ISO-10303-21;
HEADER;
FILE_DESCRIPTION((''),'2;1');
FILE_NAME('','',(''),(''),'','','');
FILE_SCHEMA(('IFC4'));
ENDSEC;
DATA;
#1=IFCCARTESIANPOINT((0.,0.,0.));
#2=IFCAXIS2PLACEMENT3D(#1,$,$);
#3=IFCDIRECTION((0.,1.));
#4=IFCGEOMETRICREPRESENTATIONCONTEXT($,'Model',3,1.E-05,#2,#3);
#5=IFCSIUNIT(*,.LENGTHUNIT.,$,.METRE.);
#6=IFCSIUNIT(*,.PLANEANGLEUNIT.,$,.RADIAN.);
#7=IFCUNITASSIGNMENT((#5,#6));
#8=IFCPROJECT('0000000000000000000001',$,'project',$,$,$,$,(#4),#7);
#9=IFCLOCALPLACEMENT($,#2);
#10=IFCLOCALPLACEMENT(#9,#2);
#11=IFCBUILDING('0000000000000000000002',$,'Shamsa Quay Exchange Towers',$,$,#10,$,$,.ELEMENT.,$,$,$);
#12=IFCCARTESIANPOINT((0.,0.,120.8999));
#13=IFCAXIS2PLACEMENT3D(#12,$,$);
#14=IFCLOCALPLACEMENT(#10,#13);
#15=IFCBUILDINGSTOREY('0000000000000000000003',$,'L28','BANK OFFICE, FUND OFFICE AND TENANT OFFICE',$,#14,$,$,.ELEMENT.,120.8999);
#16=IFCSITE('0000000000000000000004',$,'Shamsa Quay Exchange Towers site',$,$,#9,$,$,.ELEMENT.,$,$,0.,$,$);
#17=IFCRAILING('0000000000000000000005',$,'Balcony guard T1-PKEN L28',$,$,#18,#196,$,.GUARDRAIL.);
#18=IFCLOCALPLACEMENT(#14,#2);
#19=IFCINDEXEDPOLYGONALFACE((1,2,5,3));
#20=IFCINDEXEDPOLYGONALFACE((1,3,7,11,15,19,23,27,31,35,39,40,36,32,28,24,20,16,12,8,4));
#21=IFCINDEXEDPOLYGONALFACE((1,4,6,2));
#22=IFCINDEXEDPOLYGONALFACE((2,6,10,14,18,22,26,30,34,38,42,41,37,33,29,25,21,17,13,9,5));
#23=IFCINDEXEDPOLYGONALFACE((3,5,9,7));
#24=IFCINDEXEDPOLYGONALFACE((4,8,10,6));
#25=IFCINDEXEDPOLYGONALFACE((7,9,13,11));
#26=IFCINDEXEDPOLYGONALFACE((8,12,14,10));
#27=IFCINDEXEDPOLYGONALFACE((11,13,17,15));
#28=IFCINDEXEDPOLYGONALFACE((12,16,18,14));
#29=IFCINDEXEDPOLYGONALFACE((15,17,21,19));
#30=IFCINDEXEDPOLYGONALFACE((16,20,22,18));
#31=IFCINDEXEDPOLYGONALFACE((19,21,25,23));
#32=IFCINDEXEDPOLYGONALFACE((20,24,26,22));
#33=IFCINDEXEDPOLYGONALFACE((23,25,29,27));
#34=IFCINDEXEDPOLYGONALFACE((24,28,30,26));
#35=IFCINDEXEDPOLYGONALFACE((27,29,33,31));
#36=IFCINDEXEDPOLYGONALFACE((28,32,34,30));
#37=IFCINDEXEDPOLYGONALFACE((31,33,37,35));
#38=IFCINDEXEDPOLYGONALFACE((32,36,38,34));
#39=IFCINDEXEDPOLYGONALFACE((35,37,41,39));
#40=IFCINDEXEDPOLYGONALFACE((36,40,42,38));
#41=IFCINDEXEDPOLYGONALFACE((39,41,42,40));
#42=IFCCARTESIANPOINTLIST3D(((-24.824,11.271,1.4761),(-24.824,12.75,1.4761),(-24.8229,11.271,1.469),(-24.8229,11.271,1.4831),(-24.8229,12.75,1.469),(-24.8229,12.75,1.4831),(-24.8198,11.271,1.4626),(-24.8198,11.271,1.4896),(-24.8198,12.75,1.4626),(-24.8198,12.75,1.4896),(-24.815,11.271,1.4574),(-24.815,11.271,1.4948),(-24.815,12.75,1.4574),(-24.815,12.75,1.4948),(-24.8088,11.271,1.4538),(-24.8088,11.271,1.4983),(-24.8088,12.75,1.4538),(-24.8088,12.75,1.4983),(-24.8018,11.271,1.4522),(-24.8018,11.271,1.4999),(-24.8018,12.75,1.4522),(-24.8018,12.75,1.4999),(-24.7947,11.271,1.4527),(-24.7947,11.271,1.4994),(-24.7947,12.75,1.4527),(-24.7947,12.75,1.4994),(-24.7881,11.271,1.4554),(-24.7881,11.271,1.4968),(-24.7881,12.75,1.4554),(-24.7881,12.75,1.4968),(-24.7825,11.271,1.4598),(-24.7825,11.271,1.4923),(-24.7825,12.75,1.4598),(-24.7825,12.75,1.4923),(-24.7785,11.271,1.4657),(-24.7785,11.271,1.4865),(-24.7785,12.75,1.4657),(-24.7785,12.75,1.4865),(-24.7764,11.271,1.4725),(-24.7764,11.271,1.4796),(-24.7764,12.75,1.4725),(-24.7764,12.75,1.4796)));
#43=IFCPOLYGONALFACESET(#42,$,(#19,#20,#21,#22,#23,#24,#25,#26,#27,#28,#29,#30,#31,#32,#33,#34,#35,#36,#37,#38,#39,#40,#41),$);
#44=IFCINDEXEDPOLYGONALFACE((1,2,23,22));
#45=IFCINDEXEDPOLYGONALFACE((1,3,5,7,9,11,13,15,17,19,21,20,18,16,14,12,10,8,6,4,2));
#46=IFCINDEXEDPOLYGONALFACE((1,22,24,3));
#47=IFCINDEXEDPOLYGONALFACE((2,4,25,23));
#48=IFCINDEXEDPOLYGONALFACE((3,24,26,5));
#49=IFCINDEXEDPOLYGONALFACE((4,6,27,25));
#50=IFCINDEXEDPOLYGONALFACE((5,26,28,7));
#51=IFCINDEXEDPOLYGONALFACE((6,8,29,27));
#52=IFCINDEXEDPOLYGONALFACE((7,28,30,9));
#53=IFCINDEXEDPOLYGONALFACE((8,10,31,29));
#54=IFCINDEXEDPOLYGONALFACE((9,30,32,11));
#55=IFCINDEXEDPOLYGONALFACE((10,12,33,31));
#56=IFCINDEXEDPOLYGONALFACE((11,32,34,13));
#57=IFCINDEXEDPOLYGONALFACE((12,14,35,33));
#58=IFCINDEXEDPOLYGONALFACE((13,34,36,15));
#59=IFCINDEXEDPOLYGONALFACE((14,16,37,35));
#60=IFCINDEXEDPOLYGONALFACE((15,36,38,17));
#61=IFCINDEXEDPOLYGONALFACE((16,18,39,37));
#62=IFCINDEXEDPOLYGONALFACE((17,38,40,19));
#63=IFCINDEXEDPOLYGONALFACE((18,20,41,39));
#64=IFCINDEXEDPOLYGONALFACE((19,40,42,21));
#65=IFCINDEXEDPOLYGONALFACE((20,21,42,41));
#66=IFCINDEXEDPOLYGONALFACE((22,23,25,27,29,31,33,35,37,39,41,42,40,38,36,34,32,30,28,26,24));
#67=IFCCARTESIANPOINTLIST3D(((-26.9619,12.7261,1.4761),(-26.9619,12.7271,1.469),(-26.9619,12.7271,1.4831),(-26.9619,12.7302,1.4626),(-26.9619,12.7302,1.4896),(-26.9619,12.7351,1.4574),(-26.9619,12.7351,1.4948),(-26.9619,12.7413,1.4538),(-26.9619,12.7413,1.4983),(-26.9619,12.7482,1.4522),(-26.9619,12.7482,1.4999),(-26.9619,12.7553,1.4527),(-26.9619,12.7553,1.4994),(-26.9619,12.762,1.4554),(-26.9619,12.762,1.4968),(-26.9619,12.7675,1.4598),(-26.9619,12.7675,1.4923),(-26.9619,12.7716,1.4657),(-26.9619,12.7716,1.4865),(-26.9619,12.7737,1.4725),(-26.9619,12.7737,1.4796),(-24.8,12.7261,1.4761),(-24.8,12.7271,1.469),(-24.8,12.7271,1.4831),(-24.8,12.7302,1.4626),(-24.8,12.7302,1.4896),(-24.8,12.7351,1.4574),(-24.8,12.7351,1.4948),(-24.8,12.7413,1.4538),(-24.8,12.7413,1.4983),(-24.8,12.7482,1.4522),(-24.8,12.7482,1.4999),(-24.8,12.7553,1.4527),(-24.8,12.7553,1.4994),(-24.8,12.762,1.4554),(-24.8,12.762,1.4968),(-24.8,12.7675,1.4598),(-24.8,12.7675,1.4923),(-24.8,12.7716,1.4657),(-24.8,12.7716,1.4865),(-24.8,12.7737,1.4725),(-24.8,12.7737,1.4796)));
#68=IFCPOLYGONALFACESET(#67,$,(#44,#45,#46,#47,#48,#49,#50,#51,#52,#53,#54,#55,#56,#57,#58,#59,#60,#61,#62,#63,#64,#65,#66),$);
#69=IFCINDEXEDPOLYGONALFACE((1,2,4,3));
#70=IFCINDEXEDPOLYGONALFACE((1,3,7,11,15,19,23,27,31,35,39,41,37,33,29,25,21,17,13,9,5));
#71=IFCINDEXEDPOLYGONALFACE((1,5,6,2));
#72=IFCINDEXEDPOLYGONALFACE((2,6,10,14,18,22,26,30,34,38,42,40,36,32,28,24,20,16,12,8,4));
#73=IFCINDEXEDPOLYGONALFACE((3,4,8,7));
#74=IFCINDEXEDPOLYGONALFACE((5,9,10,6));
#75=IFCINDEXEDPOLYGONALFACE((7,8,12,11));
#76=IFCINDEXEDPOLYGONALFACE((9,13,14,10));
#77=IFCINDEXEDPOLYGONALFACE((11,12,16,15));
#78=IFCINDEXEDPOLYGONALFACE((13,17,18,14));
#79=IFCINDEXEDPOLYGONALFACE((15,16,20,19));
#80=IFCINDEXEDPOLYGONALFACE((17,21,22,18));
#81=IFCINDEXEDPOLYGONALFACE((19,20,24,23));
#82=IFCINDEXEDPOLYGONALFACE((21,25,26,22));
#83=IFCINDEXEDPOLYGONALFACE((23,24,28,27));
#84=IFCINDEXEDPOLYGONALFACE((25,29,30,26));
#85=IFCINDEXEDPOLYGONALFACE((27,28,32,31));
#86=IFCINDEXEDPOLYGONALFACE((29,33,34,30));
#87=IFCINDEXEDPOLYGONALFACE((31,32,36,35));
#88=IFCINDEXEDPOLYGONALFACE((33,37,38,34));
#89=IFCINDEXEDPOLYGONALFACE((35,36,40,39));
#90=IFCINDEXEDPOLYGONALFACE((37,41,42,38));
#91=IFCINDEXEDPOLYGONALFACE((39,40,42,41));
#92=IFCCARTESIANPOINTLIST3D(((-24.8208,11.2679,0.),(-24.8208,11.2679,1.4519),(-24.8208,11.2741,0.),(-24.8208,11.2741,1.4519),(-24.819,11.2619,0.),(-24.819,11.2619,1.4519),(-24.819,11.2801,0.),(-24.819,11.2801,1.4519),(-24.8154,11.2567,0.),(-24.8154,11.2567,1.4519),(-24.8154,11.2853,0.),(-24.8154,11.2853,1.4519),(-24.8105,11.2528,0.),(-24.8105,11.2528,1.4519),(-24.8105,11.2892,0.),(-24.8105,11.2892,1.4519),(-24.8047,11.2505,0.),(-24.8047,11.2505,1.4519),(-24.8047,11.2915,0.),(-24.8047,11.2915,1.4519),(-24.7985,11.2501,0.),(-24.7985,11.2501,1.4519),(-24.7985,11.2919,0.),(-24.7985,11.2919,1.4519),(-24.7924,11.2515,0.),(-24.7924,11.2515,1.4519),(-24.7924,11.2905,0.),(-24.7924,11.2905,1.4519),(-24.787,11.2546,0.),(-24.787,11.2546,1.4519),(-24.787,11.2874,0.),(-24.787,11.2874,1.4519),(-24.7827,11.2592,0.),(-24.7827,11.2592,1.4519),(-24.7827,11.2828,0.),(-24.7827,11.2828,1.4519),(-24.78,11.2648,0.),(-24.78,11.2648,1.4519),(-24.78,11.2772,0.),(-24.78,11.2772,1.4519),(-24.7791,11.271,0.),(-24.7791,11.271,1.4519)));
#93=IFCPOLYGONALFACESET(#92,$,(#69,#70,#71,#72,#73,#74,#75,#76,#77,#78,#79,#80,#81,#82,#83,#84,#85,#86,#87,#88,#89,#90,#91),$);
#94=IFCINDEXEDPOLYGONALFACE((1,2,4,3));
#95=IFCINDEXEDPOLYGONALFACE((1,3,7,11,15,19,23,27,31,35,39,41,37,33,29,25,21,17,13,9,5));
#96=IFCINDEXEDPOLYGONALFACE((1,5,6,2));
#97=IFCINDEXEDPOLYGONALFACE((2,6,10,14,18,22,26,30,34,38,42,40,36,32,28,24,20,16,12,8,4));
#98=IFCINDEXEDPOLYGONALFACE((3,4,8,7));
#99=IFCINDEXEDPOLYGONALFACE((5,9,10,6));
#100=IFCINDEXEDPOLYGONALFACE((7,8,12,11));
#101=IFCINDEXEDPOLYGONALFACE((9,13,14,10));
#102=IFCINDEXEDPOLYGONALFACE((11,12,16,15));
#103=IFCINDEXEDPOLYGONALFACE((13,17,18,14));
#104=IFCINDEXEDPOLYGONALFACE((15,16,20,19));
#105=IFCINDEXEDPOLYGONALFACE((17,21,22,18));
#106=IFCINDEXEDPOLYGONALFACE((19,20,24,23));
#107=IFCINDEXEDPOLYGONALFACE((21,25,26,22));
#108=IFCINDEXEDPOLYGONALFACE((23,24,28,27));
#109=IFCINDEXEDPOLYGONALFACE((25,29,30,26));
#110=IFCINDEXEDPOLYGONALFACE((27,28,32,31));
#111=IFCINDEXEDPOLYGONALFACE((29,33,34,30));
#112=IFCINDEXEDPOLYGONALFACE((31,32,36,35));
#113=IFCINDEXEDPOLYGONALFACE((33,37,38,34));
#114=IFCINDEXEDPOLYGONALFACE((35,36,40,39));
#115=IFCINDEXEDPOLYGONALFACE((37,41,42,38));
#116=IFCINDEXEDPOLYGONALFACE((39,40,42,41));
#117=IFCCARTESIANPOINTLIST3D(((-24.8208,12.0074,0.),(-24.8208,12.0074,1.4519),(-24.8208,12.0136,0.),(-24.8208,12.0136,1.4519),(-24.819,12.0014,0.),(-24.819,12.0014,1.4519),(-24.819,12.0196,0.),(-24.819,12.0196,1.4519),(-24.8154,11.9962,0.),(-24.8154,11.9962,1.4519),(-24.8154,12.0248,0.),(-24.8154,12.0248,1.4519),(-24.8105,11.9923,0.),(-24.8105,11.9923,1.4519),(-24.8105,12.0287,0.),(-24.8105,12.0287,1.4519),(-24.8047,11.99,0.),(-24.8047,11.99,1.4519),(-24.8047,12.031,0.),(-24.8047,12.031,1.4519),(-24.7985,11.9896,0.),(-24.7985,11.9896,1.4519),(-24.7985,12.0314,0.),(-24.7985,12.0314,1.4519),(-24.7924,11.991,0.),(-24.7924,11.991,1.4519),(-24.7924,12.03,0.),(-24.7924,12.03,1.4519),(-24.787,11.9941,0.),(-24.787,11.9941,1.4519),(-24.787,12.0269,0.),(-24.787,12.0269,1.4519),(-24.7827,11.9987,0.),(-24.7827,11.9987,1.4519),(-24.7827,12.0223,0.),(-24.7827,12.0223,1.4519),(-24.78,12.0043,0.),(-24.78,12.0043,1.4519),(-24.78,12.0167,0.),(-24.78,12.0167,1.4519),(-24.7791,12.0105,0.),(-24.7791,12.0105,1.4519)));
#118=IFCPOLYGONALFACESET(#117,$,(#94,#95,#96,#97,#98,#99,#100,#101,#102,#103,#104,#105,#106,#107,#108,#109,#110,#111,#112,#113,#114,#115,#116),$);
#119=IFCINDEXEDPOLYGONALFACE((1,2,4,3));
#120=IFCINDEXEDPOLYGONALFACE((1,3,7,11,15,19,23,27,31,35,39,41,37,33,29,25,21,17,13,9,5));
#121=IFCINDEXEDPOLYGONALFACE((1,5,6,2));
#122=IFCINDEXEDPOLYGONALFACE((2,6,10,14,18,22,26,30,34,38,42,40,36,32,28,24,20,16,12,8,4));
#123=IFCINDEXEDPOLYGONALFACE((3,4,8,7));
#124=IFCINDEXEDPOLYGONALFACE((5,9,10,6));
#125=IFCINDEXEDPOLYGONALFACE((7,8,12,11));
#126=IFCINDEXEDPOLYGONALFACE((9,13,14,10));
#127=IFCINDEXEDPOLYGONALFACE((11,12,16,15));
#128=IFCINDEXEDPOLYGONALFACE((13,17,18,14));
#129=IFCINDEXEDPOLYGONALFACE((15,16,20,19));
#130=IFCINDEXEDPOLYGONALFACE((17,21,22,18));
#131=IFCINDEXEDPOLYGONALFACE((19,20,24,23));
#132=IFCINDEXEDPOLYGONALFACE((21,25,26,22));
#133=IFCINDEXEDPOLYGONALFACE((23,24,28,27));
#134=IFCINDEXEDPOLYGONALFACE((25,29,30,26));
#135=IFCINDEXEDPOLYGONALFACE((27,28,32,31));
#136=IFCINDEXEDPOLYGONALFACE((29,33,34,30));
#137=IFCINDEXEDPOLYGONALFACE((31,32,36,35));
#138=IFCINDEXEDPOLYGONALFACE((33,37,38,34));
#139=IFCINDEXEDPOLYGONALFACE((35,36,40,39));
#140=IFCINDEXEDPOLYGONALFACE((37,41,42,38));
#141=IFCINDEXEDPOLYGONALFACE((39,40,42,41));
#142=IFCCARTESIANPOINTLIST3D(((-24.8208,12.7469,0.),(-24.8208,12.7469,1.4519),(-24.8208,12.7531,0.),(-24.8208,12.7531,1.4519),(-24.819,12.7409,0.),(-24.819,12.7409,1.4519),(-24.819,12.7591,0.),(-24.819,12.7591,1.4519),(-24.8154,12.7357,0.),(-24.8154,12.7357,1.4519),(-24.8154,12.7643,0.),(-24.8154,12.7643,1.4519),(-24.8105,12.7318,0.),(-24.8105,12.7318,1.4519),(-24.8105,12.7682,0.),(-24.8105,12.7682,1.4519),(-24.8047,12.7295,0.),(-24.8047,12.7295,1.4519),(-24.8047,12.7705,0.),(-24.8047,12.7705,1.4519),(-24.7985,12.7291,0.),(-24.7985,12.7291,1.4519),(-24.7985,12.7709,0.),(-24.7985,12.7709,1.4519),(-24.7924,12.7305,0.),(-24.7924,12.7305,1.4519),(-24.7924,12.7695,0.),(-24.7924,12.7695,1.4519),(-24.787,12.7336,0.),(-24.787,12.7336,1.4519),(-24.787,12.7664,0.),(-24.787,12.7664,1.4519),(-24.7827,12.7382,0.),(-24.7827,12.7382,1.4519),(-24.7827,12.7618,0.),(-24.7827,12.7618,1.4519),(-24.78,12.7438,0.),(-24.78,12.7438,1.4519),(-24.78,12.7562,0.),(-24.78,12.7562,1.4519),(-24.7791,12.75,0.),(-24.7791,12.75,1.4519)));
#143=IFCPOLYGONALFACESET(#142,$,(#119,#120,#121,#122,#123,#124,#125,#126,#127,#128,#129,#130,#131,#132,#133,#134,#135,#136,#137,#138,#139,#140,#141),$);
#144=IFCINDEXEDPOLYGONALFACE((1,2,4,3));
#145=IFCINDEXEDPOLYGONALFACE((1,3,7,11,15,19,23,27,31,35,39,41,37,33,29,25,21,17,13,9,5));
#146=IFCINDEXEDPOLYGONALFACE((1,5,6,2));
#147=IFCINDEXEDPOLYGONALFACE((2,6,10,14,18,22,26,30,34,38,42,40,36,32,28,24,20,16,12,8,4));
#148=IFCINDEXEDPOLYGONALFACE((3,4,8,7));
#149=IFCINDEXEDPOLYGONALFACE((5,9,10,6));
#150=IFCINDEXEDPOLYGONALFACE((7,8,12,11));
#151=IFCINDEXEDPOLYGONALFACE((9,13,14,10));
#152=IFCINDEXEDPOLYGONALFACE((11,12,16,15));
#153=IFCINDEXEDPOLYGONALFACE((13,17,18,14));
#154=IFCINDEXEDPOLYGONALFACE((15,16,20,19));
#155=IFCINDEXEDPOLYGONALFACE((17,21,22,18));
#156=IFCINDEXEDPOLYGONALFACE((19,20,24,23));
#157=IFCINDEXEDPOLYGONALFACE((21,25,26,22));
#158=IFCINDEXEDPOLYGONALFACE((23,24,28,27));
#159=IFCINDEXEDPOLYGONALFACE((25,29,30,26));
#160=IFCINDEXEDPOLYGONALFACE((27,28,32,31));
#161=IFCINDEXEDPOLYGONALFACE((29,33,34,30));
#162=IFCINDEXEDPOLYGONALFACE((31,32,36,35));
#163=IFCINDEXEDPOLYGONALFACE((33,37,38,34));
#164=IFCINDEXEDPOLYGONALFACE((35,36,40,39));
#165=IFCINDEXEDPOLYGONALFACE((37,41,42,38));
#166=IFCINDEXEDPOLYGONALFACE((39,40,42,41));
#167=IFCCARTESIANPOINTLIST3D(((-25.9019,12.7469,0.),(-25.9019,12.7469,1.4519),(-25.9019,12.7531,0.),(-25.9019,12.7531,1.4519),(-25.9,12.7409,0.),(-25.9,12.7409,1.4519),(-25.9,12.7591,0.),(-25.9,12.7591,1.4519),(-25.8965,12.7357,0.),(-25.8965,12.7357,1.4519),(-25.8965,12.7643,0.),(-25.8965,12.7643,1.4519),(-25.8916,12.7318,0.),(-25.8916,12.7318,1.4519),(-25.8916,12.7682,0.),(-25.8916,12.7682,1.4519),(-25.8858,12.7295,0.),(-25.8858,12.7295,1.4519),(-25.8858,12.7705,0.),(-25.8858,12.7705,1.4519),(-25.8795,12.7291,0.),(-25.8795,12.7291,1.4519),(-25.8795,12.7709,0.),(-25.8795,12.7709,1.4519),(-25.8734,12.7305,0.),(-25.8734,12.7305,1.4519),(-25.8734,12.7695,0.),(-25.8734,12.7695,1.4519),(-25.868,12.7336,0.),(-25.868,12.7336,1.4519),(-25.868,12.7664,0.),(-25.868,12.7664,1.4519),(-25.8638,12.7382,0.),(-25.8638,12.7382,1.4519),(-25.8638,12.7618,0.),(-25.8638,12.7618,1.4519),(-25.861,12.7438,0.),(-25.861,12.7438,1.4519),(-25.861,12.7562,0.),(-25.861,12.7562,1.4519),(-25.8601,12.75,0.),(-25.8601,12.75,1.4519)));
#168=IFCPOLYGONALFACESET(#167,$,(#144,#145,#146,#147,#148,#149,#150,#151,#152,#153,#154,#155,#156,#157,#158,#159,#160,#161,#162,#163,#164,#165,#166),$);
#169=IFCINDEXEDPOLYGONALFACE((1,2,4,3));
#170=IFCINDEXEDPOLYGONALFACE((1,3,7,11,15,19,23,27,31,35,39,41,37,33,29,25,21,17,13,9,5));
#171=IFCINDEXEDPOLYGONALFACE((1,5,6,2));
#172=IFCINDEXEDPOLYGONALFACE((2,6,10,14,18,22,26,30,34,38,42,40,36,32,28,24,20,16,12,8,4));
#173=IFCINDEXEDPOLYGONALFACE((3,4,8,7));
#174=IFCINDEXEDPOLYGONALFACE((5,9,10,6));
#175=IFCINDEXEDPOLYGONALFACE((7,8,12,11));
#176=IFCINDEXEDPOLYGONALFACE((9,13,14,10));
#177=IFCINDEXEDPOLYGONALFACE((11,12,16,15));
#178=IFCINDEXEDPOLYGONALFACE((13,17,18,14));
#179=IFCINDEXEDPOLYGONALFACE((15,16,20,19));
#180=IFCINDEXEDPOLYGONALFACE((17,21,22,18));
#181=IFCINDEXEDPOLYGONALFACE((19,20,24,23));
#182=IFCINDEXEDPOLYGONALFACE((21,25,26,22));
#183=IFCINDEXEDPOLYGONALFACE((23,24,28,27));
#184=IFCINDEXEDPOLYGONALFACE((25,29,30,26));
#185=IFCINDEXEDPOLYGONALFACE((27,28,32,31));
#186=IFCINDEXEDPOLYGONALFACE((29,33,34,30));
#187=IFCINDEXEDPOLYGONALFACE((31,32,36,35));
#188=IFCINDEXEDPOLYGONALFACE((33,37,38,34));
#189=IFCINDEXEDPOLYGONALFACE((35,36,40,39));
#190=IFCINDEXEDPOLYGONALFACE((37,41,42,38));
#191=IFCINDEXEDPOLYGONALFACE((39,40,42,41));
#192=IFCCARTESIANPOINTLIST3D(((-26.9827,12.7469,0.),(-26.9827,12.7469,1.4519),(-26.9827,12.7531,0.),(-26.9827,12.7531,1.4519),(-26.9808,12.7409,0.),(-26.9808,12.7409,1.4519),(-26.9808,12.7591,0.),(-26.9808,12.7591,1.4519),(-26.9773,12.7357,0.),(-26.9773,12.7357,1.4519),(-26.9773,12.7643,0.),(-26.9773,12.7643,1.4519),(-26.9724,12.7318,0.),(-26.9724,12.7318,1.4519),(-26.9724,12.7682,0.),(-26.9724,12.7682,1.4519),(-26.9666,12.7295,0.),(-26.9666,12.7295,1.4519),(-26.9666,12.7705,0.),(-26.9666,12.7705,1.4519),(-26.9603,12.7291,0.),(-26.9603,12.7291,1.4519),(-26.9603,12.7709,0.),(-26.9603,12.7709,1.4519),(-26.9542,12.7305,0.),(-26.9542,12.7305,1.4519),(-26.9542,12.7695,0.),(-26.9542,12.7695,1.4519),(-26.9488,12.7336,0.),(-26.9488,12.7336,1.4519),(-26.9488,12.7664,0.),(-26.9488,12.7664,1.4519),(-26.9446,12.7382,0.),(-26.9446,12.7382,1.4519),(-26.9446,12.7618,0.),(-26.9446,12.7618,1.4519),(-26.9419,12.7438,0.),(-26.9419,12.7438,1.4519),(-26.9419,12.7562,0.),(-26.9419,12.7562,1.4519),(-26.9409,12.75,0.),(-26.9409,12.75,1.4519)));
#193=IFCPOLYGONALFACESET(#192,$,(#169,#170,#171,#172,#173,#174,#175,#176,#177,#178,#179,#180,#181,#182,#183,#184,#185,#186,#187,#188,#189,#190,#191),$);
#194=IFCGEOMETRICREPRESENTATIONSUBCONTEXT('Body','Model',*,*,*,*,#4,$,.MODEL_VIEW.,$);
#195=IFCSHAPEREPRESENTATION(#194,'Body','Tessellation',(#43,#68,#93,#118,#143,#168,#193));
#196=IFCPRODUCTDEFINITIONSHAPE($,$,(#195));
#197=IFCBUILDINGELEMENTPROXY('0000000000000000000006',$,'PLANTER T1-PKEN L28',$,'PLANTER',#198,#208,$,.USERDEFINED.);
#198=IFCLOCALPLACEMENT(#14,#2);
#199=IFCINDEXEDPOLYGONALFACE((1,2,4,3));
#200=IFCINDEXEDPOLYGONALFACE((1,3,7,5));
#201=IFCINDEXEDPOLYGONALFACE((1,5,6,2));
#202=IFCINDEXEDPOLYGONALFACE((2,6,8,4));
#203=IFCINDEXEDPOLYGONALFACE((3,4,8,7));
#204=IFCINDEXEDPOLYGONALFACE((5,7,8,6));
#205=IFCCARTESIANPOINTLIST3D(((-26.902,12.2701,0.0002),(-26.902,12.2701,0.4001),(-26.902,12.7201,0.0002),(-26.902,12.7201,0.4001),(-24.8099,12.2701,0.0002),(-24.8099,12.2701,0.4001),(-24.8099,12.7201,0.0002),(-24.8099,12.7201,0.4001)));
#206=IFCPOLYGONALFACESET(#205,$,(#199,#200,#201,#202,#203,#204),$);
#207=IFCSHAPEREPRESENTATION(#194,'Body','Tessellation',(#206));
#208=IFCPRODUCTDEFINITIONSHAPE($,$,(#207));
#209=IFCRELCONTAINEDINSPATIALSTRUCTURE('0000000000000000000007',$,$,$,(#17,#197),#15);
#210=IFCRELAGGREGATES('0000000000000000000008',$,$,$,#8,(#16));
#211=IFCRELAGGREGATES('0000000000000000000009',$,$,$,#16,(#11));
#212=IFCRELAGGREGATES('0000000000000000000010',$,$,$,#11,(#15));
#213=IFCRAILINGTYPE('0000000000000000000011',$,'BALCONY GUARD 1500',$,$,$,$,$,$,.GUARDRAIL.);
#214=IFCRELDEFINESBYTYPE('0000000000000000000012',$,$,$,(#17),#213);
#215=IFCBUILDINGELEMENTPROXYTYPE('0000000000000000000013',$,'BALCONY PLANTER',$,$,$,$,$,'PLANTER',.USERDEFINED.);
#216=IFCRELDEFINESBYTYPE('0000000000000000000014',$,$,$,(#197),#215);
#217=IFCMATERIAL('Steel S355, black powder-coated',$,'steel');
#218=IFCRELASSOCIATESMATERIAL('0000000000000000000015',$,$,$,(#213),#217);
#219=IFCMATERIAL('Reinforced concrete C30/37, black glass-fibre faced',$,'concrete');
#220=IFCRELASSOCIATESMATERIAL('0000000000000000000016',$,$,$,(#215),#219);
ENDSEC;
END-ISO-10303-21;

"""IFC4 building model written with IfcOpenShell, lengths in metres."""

from ifc_helpers import new_model, si_unit, direction, frame, origin, origin_2d, place, context, subcontext, project, spatial, rectangle, circle, extrude, material, type_object, element, save


model = new_model("IFC4")

# Units and contexts
model_context = context("Model", 3, precision=1e-05, world=origin(), true_north=direction((0.0, 1.0)))
body_context = subcontext(model_context, "Body", "Model", "MODEL_VIEW")
ifc_project = project(units=[si_unit("LENGTHUNIT", "METRE"), si_unit("PLANEANGLEUNIT", "RADIAN")], contexts=[model_context])

# Site, building, storey
site_placement = place(None, origin())
site = spatial("IfcSite", under=ifc_project, at=site_placement, Name="Shamsa Quay Exchange Towers site", CompositionType="ELEMENT", RefElevation=0.0)
building_placement = place(site_placement, origin())
building = spatial("IfcBuilding", under=site, at=building_placement, Name="Shamsa Quay Exchange Towers", CompositionType="ELEMENT")
storey_placement = place(building_placement, frame((0.0, 0.0, 120.8999)))
storey = spatial("IfcBuildingStorey", under=building, at=storey_placement, Name="L28", Description="BANK OFFICE, FUND OFFICE AND TENANT OFFICE", CompositionType="ELEMENT", Elevation=120.8999)

# Railing
ifc_material_1 = material(Name="Steel S355, black powder-coated", Category="steel")
railing_type = type_object("IfcRailingType", Name="BALCONY GUARD 1500", PredefinedType="GUARDRAIL", material=ifc_material_1)
railing_placement = place(storey_placement, frame((-24.8, 11.271, 0.0)))
element("IfcRailing", 1, at=railing_placement, inside=storey, type_object=railing_type, Name="Balcony guard T1-PKEN L28", PredefinedType="GUARDRAIL", context=body_context, shape_type="SweptSolid", body=[
    extrude(circle(Radius=0.0239, at=origin_2d()), frame((0.0, 0.0, 1.4761), z_axis=(0.0, 1.0, 0.0), x_axis=(-1.0, 0.0, 0.0)), (0.0, 0.0, 1.0), 1.479),
    extrude(circle(Radius=0.0239, at=origin_2d()), frame((0.0, 1.479, 1.4761), z_axis=(-1.0, 0.0, 0.0), x_axis=(0.0, -1.0, 0.0)), (0.0, 0.0, 1.0), 2.1619),
    extrude(circle(Radius=0.021, at=origin_2d()), origin(), (0.0, 0.0, 1.0), 1.4519),
    extrude(circle(Radius=0.021, at=origin_2d()), frame((0.0, 0.7395, 0.0)), (0.0, 0.0, 1.0), 1.4519),
    extrude(circle(Radius=0.021, at=origin_2d()), frame((0.0, 1.479, 0.0)), (0.0, 0.0, 1.0), 1.4519),
    extrude(circle(Radius=0.021, at=origin_2d()), frame((-1.0811, 1.479, 0.0)), (0.0, 0.0, 1.0), 1.4519),
    extrude(circle(Radius=0.021, at=origin_2d()), frame((-2.1619, 1.479, 0.0)), (0.0, 0.0, 1.0), 1.4519),
])

# Building element proxy
ifc_material_2 = material(Name="Reinforced concrete C30/37, black glass-fibre faced", Category="concrete")
building_element_proxy_type = type_object("IfcBuildingElementProxyType", Name="BALCONY PLANTER", ElementType="PLANTER", PredefinedType="USERDEFINED", material=ifc_material_2)
proxy_placement = place(storey_placement, frame((-25.856, 12.4951, 0.0002), z_axis=(0.0, 0.0, 1.0), x_axis=(-1.0, 0.0, 0.0)))
element("IfcBuildingElementProxy", 2, at=proxy_placement, inside=storey, type_object=building_element_proxy_type, Name="PLANTER T1-PKEN L28", ObjectType="PLANTER", PredefinedType="USERDEFINED", context=body_context, shape_type="SweptSolid", body=[
    extrude(rectangle(XDim=2.092, YDim=0.45, at=origin_2d()), origin(), (0.0, 0.0, 1.0), 0.3999),
])

save(model, "model.ifc")
